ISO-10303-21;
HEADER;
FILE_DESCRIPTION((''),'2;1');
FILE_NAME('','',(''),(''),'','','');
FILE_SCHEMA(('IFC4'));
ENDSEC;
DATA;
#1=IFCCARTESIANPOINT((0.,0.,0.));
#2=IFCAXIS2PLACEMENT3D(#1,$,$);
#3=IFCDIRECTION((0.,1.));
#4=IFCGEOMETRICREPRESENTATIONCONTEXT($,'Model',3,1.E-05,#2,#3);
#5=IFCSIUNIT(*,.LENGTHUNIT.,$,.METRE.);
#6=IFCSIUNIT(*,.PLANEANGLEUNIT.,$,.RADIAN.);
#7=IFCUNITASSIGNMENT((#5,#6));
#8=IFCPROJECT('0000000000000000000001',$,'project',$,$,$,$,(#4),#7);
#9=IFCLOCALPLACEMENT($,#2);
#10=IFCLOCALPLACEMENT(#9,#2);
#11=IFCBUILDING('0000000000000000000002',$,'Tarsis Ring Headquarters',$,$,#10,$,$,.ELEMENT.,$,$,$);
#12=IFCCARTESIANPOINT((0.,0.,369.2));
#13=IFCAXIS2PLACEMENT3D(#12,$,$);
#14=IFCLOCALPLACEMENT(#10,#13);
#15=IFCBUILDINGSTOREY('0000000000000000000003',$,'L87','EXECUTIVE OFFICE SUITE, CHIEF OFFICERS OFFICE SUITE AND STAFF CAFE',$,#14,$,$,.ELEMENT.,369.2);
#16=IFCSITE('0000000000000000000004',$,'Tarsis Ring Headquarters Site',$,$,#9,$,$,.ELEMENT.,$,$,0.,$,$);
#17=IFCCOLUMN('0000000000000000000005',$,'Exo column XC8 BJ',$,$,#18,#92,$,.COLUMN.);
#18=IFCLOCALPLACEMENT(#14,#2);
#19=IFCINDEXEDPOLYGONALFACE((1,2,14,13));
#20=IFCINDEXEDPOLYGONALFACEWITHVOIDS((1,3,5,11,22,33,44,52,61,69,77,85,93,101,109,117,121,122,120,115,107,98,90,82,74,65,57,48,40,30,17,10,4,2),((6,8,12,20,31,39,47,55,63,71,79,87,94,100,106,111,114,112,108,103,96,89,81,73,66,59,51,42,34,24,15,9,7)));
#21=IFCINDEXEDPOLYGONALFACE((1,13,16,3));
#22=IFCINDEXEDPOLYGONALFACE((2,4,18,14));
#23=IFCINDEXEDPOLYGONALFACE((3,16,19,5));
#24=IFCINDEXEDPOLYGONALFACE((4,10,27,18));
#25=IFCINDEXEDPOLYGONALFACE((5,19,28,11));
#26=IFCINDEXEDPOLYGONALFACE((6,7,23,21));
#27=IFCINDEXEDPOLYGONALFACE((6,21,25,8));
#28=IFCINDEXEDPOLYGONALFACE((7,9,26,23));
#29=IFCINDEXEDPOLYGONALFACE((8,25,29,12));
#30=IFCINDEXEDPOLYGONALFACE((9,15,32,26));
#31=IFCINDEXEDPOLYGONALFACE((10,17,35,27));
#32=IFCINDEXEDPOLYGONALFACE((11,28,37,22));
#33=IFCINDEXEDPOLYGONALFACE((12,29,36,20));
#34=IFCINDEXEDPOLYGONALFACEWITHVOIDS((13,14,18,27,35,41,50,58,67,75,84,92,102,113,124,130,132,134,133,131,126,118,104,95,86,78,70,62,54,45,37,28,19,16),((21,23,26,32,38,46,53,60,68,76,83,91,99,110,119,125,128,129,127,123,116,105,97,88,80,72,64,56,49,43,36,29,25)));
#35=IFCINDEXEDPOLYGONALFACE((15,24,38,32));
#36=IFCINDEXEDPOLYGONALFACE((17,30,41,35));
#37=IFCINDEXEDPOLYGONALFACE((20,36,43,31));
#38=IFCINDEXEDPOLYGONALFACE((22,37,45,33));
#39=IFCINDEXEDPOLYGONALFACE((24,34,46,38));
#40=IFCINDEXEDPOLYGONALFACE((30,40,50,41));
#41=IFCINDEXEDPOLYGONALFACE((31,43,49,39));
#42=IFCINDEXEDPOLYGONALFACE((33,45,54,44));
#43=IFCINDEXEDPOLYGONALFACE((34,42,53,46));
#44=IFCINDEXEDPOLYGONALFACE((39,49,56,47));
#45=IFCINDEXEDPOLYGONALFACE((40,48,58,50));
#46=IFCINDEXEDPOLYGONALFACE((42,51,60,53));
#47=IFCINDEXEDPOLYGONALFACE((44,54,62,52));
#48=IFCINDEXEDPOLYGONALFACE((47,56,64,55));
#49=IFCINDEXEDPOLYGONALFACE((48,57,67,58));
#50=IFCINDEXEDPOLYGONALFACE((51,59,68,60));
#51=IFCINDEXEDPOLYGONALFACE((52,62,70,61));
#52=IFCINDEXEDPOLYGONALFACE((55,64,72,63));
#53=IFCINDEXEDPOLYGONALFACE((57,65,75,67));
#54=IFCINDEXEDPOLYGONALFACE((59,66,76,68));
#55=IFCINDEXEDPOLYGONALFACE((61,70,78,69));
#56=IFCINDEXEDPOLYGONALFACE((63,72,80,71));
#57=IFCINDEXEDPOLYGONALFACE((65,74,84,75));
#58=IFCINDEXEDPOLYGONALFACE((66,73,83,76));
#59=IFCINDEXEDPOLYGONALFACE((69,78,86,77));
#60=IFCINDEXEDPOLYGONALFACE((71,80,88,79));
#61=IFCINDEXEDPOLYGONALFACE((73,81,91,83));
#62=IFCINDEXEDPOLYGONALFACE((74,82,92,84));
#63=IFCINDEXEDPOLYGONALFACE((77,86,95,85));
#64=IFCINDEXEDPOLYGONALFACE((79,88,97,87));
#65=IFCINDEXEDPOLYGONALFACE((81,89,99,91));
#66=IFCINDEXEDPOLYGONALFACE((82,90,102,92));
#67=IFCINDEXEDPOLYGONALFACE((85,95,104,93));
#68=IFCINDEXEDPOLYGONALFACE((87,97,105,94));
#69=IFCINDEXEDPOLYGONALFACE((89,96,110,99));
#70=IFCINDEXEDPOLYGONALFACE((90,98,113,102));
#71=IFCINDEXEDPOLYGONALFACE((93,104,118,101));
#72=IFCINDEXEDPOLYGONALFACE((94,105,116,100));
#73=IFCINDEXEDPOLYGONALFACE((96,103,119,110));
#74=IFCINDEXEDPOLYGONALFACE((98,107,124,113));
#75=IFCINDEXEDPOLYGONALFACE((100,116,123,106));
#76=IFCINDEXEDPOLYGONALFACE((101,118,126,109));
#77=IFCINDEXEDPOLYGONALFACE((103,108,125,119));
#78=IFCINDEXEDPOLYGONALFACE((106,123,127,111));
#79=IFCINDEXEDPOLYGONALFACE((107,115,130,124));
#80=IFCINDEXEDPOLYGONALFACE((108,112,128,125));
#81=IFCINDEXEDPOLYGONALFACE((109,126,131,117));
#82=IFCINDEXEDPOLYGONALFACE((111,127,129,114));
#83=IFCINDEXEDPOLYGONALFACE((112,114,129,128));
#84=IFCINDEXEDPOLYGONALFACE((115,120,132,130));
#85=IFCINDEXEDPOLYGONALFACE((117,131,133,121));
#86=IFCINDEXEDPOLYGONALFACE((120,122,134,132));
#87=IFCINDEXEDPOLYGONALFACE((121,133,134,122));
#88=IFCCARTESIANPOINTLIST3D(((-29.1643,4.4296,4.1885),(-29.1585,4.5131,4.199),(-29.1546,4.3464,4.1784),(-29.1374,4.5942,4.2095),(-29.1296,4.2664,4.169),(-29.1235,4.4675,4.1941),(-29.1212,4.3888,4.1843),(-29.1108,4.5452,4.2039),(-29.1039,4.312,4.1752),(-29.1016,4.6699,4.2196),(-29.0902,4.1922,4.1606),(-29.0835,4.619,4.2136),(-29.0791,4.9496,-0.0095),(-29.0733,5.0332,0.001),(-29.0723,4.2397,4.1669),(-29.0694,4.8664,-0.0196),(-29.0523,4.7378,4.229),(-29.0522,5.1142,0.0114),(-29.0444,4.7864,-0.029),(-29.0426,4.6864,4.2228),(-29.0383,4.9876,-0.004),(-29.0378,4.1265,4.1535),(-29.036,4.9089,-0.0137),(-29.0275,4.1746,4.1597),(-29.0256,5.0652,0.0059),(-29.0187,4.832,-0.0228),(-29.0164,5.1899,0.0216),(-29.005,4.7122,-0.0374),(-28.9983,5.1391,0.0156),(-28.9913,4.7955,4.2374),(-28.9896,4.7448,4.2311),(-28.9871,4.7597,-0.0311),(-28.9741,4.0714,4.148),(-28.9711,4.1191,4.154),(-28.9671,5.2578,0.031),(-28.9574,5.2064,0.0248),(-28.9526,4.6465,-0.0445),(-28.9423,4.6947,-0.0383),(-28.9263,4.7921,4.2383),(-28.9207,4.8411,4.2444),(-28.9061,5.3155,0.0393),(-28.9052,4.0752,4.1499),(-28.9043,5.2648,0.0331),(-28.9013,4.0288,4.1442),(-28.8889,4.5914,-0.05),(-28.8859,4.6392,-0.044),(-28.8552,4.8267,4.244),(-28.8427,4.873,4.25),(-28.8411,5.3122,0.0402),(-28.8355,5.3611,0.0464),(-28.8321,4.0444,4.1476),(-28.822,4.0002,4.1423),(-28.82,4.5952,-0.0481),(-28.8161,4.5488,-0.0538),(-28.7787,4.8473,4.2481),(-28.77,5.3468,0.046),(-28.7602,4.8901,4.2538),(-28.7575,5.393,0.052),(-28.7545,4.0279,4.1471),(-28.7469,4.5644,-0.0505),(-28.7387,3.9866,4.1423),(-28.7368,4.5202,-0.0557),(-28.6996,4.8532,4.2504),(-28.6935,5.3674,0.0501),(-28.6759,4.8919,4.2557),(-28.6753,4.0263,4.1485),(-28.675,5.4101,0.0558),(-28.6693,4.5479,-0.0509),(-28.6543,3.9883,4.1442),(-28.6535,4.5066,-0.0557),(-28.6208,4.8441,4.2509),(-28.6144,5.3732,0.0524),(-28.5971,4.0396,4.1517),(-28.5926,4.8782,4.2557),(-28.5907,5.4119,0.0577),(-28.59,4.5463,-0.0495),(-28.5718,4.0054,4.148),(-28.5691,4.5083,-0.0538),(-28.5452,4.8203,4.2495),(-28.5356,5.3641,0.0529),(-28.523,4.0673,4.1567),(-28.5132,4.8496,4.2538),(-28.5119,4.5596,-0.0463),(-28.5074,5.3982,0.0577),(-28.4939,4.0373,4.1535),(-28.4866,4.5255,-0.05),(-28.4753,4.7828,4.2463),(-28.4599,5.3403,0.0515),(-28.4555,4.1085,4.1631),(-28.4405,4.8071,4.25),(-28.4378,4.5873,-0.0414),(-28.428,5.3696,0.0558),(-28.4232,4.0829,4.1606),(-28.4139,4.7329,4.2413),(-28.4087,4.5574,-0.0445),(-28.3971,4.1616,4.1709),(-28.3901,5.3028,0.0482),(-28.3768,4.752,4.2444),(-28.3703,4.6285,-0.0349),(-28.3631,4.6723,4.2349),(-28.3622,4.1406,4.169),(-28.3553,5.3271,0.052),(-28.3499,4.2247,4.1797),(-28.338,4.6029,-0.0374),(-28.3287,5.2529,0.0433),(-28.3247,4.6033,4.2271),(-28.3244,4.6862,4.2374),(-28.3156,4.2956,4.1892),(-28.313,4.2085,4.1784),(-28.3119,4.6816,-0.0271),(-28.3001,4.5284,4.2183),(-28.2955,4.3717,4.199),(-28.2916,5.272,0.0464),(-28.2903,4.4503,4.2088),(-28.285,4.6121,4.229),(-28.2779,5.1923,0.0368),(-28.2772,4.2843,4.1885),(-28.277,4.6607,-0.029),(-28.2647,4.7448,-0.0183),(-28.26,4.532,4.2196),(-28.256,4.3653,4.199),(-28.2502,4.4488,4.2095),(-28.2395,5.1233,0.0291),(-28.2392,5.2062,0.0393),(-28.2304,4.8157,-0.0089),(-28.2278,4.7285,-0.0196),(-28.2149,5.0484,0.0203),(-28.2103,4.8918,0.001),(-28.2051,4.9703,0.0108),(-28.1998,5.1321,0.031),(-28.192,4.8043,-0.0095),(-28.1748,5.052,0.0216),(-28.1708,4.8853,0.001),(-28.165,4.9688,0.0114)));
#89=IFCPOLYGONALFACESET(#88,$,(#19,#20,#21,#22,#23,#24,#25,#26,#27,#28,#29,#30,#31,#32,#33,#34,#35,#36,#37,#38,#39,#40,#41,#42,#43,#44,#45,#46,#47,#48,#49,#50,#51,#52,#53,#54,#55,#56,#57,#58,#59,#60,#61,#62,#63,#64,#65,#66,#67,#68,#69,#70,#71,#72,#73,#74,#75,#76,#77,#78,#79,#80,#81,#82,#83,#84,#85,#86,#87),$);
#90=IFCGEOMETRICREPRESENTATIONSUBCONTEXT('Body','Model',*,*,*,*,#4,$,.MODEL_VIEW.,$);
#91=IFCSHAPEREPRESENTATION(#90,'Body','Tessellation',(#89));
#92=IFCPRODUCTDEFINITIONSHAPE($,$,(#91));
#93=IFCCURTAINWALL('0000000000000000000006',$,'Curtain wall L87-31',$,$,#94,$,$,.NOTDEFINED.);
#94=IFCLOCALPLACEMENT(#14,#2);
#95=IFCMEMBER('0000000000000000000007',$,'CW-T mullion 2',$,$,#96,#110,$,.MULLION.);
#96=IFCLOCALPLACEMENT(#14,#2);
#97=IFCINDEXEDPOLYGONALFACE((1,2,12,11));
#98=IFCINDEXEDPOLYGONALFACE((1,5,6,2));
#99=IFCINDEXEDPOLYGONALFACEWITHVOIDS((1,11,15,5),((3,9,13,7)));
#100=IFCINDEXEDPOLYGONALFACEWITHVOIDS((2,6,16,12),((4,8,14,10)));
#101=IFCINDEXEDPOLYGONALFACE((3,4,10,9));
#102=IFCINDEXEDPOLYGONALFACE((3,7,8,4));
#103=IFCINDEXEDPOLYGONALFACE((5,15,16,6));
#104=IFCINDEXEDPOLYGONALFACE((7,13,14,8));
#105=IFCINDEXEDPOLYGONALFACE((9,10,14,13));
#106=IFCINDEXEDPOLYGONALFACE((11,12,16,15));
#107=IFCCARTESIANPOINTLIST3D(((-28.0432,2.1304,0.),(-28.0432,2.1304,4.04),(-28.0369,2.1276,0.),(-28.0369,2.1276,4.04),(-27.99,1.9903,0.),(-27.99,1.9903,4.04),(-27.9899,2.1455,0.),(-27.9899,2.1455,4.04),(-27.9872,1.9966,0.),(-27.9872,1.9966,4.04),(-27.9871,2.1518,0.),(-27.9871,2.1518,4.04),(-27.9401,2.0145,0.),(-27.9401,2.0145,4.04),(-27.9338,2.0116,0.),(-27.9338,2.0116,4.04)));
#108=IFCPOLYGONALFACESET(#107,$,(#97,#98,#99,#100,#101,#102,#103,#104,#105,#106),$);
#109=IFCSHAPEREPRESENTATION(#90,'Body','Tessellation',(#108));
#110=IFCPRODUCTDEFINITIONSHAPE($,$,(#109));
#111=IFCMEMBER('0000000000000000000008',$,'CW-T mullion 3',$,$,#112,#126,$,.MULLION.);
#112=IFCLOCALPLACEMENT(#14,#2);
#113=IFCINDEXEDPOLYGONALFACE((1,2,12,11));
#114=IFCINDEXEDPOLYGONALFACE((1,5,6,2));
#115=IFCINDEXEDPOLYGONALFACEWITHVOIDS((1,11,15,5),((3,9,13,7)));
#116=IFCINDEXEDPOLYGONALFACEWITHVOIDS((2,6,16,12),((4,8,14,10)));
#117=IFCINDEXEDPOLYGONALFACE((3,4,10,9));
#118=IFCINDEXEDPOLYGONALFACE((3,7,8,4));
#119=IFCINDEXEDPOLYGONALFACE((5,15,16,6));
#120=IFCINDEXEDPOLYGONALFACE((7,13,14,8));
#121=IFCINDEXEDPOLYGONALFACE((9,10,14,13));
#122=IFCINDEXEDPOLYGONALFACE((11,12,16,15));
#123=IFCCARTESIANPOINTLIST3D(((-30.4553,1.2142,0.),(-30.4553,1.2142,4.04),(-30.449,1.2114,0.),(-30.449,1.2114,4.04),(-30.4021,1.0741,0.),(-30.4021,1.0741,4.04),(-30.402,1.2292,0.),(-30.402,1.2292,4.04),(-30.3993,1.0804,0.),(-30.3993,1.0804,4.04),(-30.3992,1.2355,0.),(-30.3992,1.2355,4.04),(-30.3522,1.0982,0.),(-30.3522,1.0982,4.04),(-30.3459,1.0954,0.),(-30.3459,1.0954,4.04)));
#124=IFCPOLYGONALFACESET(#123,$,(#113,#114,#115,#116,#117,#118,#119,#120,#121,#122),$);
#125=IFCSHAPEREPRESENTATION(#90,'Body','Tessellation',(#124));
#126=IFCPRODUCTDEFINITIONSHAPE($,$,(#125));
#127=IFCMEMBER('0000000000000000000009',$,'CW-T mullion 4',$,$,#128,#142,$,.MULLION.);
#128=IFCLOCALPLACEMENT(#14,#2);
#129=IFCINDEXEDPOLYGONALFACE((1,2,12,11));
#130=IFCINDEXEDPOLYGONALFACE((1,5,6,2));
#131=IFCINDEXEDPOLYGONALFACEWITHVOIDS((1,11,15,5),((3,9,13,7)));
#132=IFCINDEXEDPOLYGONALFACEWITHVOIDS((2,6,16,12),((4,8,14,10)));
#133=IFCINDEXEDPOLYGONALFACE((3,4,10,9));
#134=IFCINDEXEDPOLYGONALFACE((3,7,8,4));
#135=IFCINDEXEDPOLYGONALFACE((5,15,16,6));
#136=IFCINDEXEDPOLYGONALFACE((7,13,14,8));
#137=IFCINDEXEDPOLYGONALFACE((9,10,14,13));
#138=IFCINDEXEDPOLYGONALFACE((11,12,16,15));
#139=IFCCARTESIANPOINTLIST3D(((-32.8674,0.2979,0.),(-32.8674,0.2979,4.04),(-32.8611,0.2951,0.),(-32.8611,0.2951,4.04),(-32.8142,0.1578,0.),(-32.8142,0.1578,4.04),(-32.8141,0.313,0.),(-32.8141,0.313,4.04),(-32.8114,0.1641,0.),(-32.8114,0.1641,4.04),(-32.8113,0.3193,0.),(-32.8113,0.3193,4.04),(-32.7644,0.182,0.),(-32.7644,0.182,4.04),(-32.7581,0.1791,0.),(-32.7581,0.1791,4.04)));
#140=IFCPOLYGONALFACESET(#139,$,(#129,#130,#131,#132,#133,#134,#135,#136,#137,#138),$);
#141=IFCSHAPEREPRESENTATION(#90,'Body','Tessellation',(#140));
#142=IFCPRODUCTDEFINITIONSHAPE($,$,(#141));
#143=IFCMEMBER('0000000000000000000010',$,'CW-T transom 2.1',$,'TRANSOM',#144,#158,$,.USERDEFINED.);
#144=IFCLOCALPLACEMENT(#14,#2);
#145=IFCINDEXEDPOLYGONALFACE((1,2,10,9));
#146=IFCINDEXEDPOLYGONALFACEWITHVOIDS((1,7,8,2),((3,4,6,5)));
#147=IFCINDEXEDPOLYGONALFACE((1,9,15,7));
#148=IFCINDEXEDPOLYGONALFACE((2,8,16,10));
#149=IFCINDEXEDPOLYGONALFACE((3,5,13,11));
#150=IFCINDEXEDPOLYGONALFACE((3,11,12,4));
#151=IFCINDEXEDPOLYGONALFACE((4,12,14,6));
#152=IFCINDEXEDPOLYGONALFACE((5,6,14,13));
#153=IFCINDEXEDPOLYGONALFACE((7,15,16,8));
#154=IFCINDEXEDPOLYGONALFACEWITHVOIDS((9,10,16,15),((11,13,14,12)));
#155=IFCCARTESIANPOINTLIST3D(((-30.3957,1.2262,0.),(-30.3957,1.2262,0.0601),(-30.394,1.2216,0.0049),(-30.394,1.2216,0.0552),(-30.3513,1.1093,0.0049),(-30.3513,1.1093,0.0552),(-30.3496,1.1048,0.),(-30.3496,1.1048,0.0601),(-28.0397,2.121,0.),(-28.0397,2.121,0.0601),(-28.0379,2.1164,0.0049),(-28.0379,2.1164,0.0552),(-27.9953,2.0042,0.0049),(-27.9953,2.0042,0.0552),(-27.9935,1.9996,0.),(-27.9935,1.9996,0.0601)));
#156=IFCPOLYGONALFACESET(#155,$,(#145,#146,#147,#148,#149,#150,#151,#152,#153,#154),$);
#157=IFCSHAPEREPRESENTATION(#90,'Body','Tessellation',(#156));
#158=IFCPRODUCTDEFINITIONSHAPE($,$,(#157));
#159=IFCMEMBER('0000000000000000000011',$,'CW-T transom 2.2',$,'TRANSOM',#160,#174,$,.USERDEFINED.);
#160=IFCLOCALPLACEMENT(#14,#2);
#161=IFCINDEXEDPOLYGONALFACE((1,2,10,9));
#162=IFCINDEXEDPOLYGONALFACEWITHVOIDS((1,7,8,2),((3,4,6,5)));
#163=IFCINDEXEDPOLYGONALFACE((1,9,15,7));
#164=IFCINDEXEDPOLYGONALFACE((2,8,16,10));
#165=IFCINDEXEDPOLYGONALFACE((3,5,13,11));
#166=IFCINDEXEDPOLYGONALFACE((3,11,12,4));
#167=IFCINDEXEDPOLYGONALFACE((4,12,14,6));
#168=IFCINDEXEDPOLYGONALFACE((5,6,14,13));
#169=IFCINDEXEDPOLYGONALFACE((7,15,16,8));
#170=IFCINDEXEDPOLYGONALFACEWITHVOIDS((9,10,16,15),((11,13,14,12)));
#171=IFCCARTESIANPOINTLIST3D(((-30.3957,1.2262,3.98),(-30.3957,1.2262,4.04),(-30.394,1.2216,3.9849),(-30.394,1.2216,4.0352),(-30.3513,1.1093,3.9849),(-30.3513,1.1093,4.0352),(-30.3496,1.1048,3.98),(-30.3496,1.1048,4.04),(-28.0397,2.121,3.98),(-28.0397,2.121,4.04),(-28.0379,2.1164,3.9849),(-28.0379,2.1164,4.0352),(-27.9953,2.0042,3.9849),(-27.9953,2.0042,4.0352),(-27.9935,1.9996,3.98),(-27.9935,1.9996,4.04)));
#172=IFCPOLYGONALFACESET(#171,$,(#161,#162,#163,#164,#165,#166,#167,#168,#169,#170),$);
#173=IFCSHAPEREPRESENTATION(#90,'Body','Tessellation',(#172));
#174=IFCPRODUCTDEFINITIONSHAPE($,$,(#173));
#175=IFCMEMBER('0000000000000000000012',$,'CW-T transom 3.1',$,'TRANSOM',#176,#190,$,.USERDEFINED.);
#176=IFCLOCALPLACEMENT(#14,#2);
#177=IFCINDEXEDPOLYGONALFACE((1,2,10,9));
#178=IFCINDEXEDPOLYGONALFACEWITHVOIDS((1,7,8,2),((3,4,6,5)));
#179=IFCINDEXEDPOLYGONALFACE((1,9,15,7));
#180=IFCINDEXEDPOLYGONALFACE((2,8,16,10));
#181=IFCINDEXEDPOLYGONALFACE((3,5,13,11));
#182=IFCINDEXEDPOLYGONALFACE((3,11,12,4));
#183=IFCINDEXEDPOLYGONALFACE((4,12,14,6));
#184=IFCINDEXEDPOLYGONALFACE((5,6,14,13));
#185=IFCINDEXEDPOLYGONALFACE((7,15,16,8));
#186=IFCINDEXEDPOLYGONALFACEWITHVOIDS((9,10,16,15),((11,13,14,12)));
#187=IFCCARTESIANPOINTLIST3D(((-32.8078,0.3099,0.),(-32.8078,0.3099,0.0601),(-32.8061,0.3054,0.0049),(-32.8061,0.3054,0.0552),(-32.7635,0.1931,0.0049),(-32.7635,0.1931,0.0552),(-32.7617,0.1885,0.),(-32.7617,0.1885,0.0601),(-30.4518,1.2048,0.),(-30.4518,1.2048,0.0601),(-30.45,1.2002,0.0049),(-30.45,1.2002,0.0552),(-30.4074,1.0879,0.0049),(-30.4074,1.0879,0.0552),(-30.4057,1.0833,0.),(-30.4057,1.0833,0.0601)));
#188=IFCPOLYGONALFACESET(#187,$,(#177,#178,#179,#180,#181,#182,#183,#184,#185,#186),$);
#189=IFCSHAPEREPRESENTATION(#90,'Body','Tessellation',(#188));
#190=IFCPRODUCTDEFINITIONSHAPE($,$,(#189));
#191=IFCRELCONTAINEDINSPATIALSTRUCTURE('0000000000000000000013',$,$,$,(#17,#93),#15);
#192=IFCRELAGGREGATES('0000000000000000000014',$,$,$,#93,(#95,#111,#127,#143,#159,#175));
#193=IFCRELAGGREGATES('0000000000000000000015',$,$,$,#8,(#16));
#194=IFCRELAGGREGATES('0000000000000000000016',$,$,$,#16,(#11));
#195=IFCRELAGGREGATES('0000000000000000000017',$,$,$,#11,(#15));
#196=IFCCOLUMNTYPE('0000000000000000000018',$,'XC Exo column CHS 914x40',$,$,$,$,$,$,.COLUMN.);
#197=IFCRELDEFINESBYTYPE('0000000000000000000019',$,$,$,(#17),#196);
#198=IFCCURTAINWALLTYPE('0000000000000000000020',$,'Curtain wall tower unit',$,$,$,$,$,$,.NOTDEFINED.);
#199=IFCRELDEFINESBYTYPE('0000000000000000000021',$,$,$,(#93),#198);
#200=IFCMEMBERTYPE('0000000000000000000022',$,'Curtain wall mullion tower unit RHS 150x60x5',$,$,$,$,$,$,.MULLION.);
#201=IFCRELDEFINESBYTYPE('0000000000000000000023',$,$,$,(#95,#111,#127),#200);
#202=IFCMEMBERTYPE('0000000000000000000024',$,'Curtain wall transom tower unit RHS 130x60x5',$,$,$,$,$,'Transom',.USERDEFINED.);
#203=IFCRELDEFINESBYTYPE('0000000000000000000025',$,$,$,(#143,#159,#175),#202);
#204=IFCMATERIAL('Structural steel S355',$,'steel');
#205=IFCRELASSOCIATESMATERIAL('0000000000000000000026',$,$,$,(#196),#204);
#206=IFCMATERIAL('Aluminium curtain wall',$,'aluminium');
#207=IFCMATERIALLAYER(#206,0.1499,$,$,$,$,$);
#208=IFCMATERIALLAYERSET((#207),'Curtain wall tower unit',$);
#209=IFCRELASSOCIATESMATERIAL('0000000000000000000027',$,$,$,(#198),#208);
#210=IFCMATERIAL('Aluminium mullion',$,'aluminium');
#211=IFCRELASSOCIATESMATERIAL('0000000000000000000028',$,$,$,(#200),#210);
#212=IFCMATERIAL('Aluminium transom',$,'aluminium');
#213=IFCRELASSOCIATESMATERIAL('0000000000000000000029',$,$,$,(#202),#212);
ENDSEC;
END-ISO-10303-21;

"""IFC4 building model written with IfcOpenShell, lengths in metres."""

from ifc_helpers import new_model, si_unit, direction, frame, origin, origin_2d, place, context, subcontext, project, spatial, hollow_rectangle, hollow_circle, extrude, material, layer, layer_set, material_profile, profile_set, type_object, element, aggregate, save


model = new_model("IFC4")

# Units and contexts
model_context = context("Model", 3, precision=1e-05, world=origin(), true_north=direction((0.0, 1.0)))
body_context = subcontext(model_context, "Body", "Model", "MODEL_VIEW")
ifc_project = project(units=[si_unit("LENGTHUNIT", "METRE"), si_unit("PLANEANGLEUNIT", "RADIAN")], contexts=[model_context])

# Site, building, storey
site_placement = place(None, origin())
site = spatial("IfcSite", under=ifc_project, at=site_placement, Name="Tarsis Ring Headquarters Site", CompositionType="ELEMENT", RefElevation=0.0)
building_placement = place(site_placement, origin())
building = spatial("IfcBuilding", under=site, at=building_placement, Name="Tarsis Ring Headquarters", CompositionType="ELEMENT")
storey_placement = place(building_placement, frame((0.0, 0.0, 369.2)))
storey = spatial("IfcBuildingStorey", under=building, at=storey_placement, Name="L87", Description="EXECUTIVE OFFICE SUITE, CHIEF OFFICERS OFFICE SUITE AND STAFF CAFE", CompositionType="ELEMENT", Elevation=369.2)

# Column
ifc_material_1 = material(Name="Structural steel S355", Category="steel")
ifc_material_profile_1 = material_profile(ifc_material_1, hollow_circle(Radius=0.457, WallThickness=0.04, at=origin_2d()), Name="CHS 914x40")
ifc_profile_set_1 = profile_set([ifc_material_profile_1], Name="Structural steel S355")
column_type = type_object("IfcColumnType", Name="XC Exo column CHS 914x40", PredefinedType="COLUMN", material=ifc_profile_set_1)
column_placement = place(storey_placement, frame((-28.6221, 4.9592, 0.001), z_axis=(-0.020139, -0.122909, 0.992214), x_axis=(0.986841, -0.161694, 0.0)))
element("IfcColumn", 1, at=column_placement, inside=storey, type_object=column_type, Name="Exo column XC8 BJ", PredefinedType="COLUMN", context=body_context, shape_type="SweptSolid", body=[
    extrude(hollow_circle(Radius=0.4573, WallThickness=0.04, at=origin_2d()), origin(), (0.0, 0.0, 1.0), 4.231),
])

# Curtain wall, members
ifc_material_2 = material(Name="Aluminium curtain wall", Category="aluminium")
ifc_layer_1 = layer(ifc_material_2, 0.1499)
ifc_layer_set_1 = layer_set([ifc_layer_1], Name="Curtain wall tower unit")
curtain_wall_type = type_object("IfcCurtainWallType", Name="Curtain wall tower unit", PredefinedType="NOTDEFINED", material=ifc_layer_set_1)
curtain_wall_placement = place(storey_placement, origin())
curtain_wall = element("IfcCurtainWall", 2, at=curtain_wall_placement, inside=storey, type_object=curtain_wall_type, Name="Curtain wall L87-31", PredefinedType="NOTDEFINED")
ifc_material_3 = material(Name="Aluminium mullion", Category="aluminium")
ifc_material_profile_2 = material_profile(ifc_material_3, hollow_rectangle(XDim=0.1499, YDim=0.0601, WallThickness=0.0049, at=origin_2d()), Name="RHS 150x60x5")
ifc_profile_set_2 = profile_set([ifc_material_profile_2], Name="Aluminium mullion")
member_type_1 = type_object("IfcMemberType", Name="Curtain wall mullion tower unit RHS 150x60x5", PredefinedType="MULLION", material=ifc_profile_set_2)
member_1_placement = place(storey_placement, frame((-27.9885, 2.071, 0.0), z_axis=(0.0, 0.0, 1.0), x_axis=(0.355107, -0.934826, 0.0)))
member_1 = element("IfcMember", 3, at=member_1_placement, type_object=member_type_1, Name="CW-T mullion 2", PredefinedType="MULLION", context=body_context, shape_type="SweptSolid", body=[
    extrude(hollow_rectangle(XDim=0.1499, YDim=0.0601, WallThickness=0.0049, at=origin_2d()), origin(), (0.0, 0.0, 1.0), 4.04),
])
member_2_placement = place(storey_placement, frame((-30.4006, 1.1548, 0.0), z_axis=(0.0, 0.0, 1.0), x_axis=(0.355107, -0.934826, 0.0)))
member_2 = element("IfcMember", 4, at=member_2_placement, type_object=member_type_1, Name="CW-T mullion 3", PredefinedType="MULLION", context=body_context, shape_type="SweptSolid", body=[
    extrude(hollow_rectangle(XDim=0.1499, YDim=0.0601, WallThickness=0.0049, at=origin_2d()), origin(), (0.0, 0.0, 1.0), 4.04),
])
member_3_placement = place(storey_placement, frame((-32.8127, 0.2385, 0.0), z_axis=(0.0, 0.0, 1.0), x_axis=(0.355107, -0.934826, 0.0)))
member_3 = element("IfcMember", 5, at=member_3_placement, type_object=member_type_1, Name="CW-T mullion 4", PredefinedType="MULLION", context=body_context, shape_type="SweptSolid", body=[
    extrude(hollow_rectangle(XDim=0.1499, YDim=0.0601, WallThickness=0.0049, at=origin_2d()), origin(), (0.0, 0.0, 1.0), 4.04),
])
ifc_material_4 = material(Name="Aluminium transom", Category="aluminium")
ifc_material_profile_3 = material_profile(ifc_material_4, hollow_rectangle(XDim=0.1299, YDim=0.0601, WallThickness=0.0049, at=origin_2d()), Name="RHS 130x60x5")
ifc_profile_set_3 = profile_set([ifc_material_profile_3], Name="Aluminium transom")
member_type_2 = type_object("IfcMemberType", Name="Curtain wall transom tower unit RHS 130x60x5", ElementType="Transom", PredefinedType="USERDEFINED", material=ifc_profile_set_3)
member_4_placement = place(storey_placement, frame((-28.0166, 2.0603, 0.03), z_axis=(-0.934848, -0.355048, 0.0), x_axis=(0.355048, -0.934848, 0.0)))
member_4 = element("IfcMember", 6, at=member_4_placement, type_object=member_type_2, Name="CW-T transom 2.1", ObjectType="TRANSOM", PredefinedType="USERDEFINED", context=body_context, shape_type="SweptSolid", body=[
    extrude(hollow_rectangle(XDim=0.1299, YDim=0.0601, WallThickness=0.0049, at=origin_2d()), origin(), (0.0, 0.0, 1.0), 2.5203),
])
member_5_placement = place(storey_placement, frame((-28.0166, 2.0603, 4.01), z_axis=(-0.934848, -0.355048, 0.0), x_axis=(0.355048, -0.934848, 0.0)))
member_5 = element("IfcMember", 7, at=member_5_placement, type_object=member_type_2, Name="CW-T transom 2.2", ObjectType="TRANSOM", PredefinedType="USERDEFINED", context=body_context, shape_type="SweptSolid", body=[
    extrude(hollow_rectangle(XDim=0.1299, YDim=0.0601, WallThickness=0.0049, at=origin_2d()), origin(), (0.0, 0.0, 1.0), 2.5203),
])
member_6_placement = place(storey_placement, frame((-30.4287, 1.144, 0.03), z_axis=(-0.934848, -0.355048, 0.0), x_axis=(0.355048, -0.934848, 0.0)))
member_6 = element("IfcMember", 8, at=member_6_placement, type_object=member_type_2, Name="CW-T transom 3.1", ObjectType="TRANSOM", PredefinedType="USERDEFINED", context=body_context, shape_type="SweptSolid", body=[
    extrude(hollow_rectangle(XDim=0.1299, YDim=0.0601, WallThickness=0.0049, at=origin_2d()), origin(), (0.0, 0.0, 1.0), 2.5203),
])

aggregate(curtain_wall, [member_1, member_2, member_3, member_4, member_5, member_6])

save(model, "model.ifc")
